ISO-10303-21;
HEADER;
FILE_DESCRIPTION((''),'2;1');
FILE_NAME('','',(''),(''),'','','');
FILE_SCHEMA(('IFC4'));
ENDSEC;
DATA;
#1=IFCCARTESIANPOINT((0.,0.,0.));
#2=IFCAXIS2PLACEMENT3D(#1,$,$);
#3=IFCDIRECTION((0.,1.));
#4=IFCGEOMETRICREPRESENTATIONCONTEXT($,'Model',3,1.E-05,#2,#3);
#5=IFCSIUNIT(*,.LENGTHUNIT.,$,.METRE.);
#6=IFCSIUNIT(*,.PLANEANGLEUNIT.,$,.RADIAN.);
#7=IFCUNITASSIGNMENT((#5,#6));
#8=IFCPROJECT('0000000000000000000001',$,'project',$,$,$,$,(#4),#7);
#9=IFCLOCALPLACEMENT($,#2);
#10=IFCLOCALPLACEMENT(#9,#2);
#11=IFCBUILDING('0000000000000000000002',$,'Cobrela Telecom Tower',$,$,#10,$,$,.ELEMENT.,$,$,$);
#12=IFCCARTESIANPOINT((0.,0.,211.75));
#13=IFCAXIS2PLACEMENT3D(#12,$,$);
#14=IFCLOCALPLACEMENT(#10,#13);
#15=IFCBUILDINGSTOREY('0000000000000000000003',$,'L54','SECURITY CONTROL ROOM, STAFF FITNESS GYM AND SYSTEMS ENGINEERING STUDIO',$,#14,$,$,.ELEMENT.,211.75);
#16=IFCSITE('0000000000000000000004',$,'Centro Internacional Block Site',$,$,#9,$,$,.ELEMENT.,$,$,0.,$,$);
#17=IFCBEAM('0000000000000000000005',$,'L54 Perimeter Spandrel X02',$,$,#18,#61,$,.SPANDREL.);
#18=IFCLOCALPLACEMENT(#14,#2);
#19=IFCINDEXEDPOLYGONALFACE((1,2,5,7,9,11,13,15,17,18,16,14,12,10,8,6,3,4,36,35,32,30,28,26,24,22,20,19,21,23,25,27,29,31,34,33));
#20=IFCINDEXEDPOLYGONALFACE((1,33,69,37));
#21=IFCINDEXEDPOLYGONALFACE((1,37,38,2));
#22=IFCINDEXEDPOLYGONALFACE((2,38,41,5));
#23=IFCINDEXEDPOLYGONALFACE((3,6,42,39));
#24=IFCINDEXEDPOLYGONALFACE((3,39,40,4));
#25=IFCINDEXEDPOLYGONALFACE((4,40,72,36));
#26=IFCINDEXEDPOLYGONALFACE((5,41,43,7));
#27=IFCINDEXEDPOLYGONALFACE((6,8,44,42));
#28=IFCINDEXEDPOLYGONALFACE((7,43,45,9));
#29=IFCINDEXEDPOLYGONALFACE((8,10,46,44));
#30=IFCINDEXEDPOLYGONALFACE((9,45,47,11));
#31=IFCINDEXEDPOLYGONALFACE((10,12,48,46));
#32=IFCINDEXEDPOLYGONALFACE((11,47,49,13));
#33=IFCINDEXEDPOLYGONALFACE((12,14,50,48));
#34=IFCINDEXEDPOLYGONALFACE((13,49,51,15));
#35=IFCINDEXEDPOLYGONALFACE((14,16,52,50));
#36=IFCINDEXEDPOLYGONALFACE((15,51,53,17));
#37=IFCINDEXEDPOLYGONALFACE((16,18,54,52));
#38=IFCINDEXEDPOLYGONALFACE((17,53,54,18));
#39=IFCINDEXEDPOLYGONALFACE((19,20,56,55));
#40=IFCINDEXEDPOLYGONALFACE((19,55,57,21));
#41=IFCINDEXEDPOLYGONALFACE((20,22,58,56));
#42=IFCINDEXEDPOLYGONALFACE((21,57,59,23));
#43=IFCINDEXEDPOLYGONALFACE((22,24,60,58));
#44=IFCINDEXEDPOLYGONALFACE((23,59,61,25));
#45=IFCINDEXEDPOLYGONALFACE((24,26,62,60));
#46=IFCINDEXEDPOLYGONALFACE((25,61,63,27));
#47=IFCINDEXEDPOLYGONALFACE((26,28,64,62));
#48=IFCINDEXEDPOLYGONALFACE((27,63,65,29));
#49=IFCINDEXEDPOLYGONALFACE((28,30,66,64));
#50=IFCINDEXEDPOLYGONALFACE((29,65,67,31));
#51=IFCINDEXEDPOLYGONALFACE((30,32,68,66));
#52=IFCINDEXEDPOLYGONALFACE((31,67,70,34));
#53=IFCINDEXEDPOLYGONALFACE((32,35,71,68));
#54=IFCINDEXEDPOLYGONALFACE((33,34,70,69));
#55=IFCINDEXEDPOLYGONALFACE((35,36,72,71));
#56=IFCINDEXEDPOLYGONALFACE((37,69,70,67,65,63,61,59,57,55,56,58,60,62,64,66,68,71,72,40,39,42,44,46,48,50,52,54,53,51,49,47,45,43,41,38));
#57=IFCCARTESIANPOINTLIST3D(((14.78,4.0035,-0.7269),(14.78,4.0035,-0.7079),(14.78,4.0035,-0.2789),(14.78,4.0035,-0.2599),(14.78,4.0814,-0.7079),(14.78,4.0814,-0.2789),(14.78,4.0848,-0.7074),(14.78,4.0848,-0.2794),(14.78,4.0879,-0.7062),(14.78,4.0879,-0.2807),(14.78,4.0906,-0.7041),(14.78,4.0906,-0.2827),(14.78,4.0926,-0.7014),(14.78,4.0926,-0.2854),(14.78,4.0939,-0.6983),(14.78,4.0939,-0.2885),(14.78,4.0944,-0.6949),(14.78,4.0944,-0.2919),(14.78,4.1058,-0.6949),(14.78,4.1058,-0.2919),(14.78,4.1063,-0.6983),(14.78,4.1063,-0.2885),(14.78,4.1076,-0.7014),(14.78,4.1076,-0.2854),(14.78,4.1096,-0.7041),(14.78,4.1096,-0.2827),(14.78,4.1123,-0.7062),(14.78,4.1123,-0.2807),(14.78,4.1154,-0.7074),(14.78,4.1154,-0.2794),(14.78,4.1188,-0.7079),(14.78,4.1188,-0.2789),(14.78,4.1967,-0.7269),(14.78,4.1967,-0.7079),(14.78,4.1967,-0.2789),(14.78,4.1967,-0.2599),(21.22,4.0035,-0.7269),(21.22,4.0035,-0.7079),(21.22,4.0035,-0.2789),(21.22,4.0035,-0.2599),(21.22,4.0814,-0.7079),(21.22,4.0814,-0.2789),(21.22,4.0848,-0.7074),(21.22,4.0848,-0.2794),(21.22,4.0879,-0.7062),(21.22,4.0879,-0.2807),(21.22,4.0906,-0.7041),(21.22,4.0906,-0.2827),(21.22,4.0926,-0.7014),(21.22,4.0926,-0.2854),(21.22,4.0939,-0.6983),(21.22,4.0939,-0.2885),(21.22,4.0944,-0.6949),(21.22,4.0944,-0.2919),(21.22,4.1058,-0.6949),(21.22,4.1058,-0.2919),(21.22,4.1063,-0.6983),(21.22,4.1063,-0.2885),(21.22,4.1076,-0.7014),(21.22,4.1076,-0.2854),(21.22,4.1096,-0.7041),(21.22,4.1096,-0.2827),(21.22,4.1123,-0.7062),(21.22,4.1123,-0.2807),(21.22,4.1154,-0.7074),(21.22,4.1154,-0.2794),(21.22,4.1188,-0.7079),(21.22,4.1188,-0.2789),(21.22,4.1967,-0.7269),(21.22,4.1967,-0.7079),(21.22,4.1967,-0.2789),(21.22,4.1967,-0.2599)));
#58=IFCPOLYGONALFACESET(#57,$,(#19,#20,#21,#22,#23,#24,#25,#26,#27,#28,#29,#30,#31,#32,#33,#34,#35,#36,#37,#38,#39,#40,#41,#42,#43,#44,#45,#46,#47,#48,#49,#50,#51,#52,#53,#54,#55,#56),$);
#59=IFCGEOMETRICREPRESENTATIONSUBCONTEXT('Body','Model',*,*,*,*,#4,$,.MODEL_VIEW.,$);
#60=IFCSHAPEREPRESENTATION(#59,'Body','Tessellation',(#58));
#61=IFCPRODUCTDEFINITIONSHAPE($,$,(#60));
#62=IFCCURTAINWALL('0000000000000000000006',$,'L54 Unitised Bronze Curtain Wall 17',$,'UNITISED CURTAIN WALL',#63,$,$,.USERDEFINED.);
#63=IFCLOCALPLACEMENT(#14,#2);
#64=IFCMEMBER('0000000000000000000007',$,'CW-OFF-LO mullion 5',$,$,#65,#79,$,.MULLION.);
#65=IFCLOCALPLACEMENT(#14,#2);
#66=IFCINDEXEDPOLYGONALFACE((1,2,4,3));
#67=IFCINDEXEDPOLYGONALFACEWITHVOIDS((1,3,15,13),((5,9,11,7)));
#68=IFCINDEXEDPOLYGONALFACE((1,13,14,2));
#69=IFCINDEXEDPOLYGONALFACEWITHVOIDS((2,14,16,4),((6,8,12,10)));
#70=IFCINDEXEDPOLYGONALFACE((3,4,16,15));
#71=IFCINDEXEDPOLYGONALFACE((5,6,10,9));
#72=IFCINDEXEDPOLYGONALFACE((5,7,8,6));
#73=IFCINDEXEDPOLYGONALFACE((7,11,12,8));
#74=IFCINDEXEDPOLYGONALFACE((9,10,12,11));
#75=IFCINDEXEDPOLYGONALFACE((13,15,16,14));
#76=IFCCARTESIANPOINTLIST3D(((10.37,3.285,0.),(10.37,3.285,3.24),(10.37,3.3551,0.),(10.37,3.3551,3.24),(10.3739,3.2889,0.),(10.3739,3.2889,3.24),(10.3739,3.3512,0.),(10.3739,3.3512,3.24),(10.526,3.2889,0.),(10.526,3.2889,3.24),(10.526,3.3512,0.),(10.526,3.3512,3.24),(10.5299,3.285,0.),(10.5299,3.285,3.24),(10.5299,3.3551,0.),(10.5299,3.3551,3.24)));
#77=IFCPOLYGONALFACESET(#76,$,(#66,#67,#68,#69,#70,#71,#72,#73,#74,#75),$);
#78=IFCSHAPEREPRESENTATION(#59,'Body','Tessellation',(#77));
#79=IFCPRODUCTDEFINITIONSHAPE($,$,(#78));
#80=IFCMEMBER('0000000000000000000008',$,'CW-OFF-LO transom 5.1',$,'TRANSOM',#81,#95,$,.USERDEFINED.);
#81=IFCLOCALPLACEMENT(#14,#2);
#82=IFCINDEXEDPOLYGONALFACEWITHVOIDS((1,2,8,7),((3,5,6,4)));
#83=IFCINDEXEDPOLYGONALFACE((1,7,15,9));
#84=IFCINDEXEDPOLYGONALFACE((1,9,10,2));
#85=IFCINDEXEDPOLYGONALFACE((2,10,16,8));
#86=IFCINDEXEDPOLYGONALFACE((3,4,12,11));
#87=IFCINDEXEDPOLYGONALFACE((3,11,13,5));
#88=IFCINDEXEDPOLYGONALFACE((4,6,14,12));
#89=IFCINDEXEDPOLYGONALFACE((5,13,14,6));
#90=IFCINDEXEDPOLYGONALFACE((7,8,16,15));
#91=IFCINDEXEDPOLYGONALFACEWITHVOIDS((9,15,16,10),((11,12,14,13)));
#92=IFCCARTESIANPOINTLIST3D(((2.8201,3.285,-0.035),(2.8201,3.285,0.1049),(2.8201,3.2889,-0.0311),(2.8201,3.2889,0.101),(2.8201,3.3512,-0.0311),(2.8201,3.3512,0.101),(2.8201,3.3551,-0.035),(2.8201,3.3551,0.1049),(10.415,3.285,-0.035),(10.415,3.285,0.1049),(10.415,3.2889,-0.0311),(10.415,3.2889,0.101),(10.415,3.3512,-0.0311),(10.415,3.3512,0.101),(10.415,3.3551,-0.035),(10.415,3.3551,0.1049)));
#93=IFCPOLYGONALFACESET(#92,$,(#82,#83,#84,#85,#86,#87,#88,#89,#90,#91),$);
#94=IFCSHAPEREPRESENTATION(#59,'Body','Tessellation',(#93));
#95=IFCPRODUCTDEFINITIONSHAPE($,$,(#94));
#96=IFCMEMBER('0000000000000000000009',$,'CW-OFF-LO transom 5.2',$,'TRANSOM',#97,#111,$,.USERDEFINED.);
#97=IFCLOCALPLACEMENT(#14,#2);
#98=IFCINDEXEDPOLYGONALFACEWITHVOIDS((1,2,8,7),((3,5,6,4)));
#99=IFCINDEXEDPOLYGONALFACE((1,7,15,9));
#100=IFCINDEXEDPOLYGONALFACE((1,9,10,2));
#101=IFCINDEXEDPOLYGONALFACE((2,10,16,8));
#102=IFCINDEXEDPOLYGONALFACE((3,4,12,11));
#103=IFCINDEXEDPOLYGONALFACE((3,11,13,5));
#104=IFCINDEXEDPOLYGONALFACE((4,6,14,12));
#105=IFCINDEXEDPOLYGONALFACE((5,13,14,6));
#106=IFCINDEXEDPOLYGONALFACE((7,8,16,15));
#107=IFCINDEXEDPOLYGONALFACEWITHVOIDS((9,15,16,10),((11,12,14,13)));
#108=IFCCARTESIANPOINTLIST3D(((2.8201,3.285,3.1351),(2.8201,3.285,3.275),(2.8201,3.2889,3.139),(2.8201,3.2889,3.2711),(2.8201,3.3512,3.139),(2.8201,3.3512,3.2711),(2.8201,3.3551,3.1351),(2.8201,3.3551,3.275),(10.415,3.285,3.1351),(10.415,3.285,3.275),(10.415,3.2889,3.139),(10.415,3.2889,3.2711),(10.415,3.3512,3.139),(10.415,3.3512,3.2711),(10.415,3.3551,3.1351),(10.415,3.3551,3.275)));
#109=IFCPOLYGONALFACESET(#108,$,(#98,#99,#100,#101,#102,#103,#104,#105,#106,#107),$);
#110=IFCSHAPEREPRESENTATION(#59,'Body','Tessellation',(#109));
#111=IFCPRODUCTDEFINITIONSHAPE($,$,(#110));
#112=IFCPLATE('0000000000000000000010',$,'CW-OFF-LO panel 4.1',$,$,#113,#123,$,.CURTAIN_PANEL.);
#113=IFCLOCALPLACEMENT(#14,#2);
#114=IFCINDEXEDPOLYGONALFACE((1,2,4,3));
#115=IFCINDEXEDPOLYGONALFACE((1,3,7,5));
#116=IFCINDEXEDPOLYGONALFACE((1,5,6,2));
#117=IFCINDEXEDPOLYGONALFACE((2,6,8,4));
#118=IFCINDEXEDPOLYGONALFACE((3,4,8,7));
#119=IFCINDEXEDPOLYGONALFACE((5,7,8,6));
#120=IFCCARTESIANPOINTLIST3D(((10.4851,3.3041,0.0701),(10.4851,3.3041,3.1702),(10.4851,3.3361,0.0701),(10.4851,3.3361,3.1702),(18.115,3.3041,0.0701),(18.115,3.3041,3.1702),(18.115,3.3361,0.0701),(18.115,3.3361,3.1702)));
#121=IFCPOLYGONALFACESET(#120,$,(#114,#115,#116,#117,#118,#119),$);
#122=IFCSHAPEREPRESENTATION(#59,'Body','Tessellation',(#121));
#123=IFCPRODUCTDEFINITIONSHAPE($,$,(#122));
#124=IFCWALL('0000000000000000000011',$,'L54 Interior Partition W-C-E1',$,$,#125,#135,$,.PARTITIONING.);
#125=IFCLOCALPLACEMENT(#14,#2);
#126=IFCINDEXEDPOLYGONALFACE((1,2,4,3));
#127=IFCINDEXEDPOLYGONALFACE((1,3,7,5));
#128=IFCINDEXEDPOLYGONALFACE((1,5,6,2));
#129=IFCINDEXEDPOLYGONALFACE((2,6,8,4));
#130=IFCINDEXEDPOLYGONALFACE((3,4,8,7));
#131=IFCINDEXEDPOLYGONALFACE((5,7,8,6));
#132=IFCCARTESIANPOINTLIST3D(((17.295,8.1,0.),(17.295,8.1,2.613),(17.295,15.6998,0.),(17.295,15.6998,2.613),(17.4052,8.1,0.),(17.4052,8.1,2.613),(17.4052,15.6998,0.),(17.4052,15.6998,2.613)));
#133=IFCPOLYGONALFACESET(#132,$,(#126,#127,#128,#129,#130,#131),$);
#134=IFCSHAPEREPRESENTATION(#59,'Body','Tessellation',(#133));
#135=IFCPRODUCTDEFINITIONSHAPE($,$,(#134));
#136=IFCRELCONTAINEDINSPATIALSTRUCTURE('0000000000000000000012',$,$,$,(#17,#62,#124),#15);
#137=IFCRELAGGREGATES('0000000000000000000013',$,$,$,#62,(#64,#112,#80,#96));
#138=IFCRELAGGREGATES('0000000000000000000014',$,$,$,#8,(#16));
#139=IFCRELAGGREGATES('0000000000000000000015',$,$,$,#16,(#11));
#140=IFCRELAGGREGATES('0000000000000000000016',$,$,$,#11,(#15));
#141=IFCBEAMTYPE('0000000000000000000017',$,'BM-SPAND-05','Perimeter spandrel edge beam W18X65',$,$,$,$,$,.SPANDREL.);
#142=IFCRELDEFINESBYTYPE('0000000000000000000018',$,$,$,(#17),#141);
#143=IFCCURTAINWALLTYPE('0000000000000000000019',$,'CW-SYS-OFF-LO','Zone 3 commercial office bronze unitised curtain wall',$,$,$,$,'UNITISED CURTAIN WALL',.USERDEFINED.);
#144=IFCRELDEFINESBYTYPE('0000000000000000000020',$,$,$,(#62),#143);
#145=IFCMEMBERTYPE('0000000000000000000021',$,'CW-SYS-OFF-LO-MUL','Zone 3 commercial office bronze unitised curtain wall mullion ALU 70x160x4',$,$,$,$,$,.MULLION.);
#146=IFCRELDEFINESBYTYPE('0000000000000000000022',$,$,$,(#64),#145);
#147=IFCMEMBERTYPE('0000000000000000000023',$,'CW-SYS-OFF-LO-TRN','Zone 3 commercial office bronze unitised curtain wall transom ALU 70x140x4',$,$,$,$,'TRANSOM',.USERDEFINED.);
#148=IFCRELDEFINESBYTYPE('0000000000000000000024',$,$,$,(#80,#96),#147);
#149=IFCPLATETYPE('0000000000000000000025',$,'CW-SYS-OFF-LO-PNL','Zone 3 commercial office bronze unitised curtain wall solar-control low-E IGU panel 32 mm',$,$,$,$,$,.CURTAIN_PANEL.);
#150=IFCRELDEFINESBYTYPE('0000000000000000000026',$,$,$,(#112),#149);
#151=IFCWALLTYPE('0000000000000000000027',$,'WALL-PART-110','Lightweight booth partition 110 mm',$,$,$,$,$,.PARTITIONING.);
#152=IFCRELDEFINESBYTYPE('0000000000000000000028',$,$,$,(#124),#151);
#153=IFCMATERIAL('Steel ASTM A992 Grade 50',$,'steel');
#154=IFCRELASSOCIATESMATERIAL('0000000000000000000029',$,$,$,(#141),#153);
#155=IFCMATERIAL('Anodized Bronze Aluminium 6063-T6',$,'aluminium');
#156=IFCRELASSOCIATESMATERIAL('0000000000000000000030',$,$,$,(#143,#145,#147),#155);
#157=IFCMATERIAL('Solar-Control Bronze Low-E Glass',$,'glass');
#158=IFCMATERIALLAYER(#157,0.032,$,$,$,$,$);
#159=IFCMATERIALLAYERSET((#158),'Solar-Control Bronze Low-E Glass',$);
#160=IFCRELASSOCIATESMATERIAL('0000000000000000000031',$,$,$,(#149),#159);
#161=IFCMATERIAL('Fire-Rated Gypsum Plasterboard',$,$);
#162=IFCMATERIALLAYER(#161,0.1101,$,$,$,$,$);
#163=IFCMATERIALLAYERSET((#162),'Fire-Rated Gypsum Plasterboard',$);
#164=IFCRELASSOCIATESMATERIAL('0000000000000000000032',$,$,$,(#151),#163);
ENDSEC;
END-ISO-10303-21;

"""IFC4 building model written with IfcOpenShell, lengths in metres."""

from ifc_helpers import new_model, si_unit, direction, frame, frame_2d, origin, origin_2d, place, context, subcontext, project, spatial, rectangle, hollow_rectangle, i_section, extrude, material, layer, layer_set, material_profile, profile_set, type_object, element, aggregate, save


model = new_model("IFC4")

# Units and contexts
model_context = context("Model", 3, precision=1e-05, world=origin(), true_north=direction((0.0, 1.0)))
body_context = subcontext(model_context, "Body", "Model", "MODEL_VIEW")
ifc_project = project(units=[si_unit("LENGTHUNIT", "METRE"), si_unit("PLANEANGLEUNIT", "RADIAN")], contexts=[model_context])

# Site, building, storey
site_placement = place(None, origin())
site = spatial("IfcSite", under=ifc_project, at=site_placement, Name="Centro Internacional Block Site", CompositionType="ELEMENT", RefElevation=0.0)
building_placement = place(site_placement, origin())
building = spatial("IfcBuilding", under=site, at=building_placement, Name="Cobrela Telecom Tower", CompositionType="ELEMENT")
storey_placement = place(building_placement, frame((0.0, 0.0, 211.75)))
storey = spatial("IfcBuildingStorey", under=building, at=storey_placement, Name="L54", Description="SECURITY CONTROL ROOM, STAFF FITNESS GYM AND SYSTEMS ENGINEERING STUDIO", CompositionType="ELEMENT", Elevation=211.75)

# Beam
ifc_material_1 = material(Name="Steel ASTM A992 Grade 50", Category="steel")
ifc_material_profile_1 = material_profile(ifc_material_1, i_section(OverallWidth=0.1931, OverallDepth=0.467, WebThickness=0.0115, FlangeThickness=0.019, FilletRadius=0.0129, at=origin_2d()), Name="W18X65")
ifc_profile_set_1 = profile_set([ifc_material_profile_1], Name="Steel ASTM A992 Grade 50")
beam_type_1 = type_object("IfcBeamType", Name="BM-SPAND-05", Description="Perimeter spandrel edge beam W18X65", PredefinedType="SPANDREL", material=ifc_profile_set_1)
for number, where, z_axis, x_axis, name in (
    (1, (14.78, 4.1001, -0.4934), (1.0, 0.0, 0.0), (0.0, 1.0, 0.0), "L54 Perimeter Spandrel X02"),
):
    element("IfcBeam", number, at=place(storey_placement, frame(where, z_axis=z_axis, x_axis=x_axis)), inside=storey, type_object=beam_type_1, Name=name, PredefinedType="SPANDREL", context=body_context, shape_type="SweptSolid", body=[
        extrude(i_section(OverallWidth=0.1931, OverallDepth=0.467, WebThickness=0.0115, FlangeThickness=0.019, FilletRadius=0.0129, at=origin_2d()), origin(), (0.0, 0.0, 1.0), 6.4399),
    ])

# Curtain wall, members, plate
ifc_material_2 = material(Name="Anodized Bronze Aluminium 6063-T6", Category="aluminium")
curtain_wall_type = type_object("IfcCurtainWallType", Name="CW-SYS-OFF-LO", Description="Zone 3 commercial office bronze unitised curtain wall", ElementType="UNITISED CURTAIN WALL", PredefinedType="USERDEFINED", material=ifc_material_2)
curtain_wall_placement = place(storey_placement, origin())
curtain_wall = element("IfcCurtainWall", 2, at=curtain_wall_placement, inside=storey, type_object=curtain_wall_type, Name="L54 Unitised Bronze Curtain Wall 17", ObjectType="UNITISED CURTAIN WALL", PredefinedType="USERDEFINED")
ifc_material_profile_2 = material_profile(ifc_material_2, hollow_rectangle(XDim=0.0701, YDim=0.1599, WallThickness=0.0039, at=origin_2d()), Name="ALU 70x160x4")
ifc_profile_set_2 = profile_set([ifc_material_profile_2], Name="Anodized Bronze Aluminium 6063-T6")
member_type_1 = type_object("IfcMemberType", Name="CW-SYS-OFF-LO-MUL", Description="Zone 3 commercial office bronze unitised curtain wall mullion ALU 70x160x4", PredefinedType="MULLION", material=ifc_profile_set_2)
member_1_placement = place(storey_placement, frame((10.45, 3.3201, 0.0), z_axis=(0.0, 0.0, 1.0), x_axis=(0.0, -1.0, 0.0)))
member_1 = element("IfcMember", 3, at=member_1_placement, type_object=member_type_1, Name="CW-OFF-LO mullion 5", PredefinedType="MULLION", context=body_context, shape_type="SweptSolid", body=[
    extrude(hollow_rectangle(XDim=0.0701, YDim=0.1599, WallThickness=0.0039, at=origin_2d()), origin(), (0.0, 0.0, 1.0), 3.24),
])
ifc_material_profile_3 = material_profile(ifc_material_2, hollow_rectangle(XDim=0.0701, YDim=0.1399, WallThickness=0.0039, at=origin_2d()), Name="ALU 70x140x4")
ifc_profile_set_3 = profile_set([ifc_material_profile_3], Name="Anodized Bronze Aluminium 6063-T6")
member_type_2 = type_object("IfcMemberType", Name="CW-SYS-OFF-LO-TRN", Description="Zone 3 commercial office bronze unitised curtain wall transom ALU 70x140x4", ElementType="TRANSOM", PredefinedType="USERDEFINED", material=ifc_profile_set_3)
member_2_placement = place(storey_placement, frame((10.415, 3.3201, 0.0349), z_axis=(-1.0, 0.0, 0.0), x_axis=(0.0, -1.0, 0.0)))
member_2 = element("IfcMember", 4, at=member_2_placement, type_object=member_type_2, Name="CW-OFF-LO transom 5.1", ObjectType="TRANSOM", PredefinedType="USERDEFINED", context=body_context, shape_type="SweptSolid", body=[
    extrude(hollow_rectangle(XDim=0.0701, YDim=0.1399, WallThickness=0.0039, at=origin_2d()), origin(), (0.0, 0.0, 1.0), 7.595),
])
member_3_placement = place(storey_placement, frame((10.415, 3.3201, 3.2051), z_axis=(-1.0, 0.0, 0.0), x_axis=(0.0, -1.0, 0.0)))
member_3 = element("IfcMember", 5, at=member_3_placement, type_object=member_type_2, Name="CW-OFF-LO transom 5.2", ObjectType="TRANSOM", PredefinedType="USERDEFINED", context=body_context, shape_type="SweptSolid", body=[
    extrude(hollow_rectangle(XDim=0.0701, YDim=0.1399, WallThickness=0.0039, at=origin_2d()), origin(), (0.0, 0.0, 1.0), 7.595),
])
ifc_material_3 = material(Name="Solar-Control Bronze Low-E Glass", Category="glass")
ifc_layer_1 = layer(ifc_material_3, 0.032)
ifc_layer_set_1 = layer_set([ifc_layer_1], Name="Solar-Control Bronze Low-E Glass")
plate_type = type_object("IfcPlateType", Name="CW-SYS-OFF-LO-PNL", Description="Zone 3 commercial office bronze unitised curtain wall solar-control low-E IGU panel 32 mm", PredefinedType="CURTAIN_PANEL", material=ifc_layer_set_1)
plate_placement = place(storey_placement, frame((14.3, 3.3201, 0.0701), z_axis=(0.0, 0.0, 1.0), x_axis=(-1.0, 0.0, 0.0)))
plate = element("IfcPlate", 6, at=plate_placement, type_object=plate_type, Name="CW-OFF-LO panel 4.1", PredefinedType="CURTAIN_PANEL", context=body_context, shape_type="SweptSolid", body=[
    extrude(rectangle(XDim=7.6299, YDim=0.032, at=origin_2d()), origin(), (0.0, 0.0, 1.0), 3.1001),
])
aggregate(curtain_wall, [member_1, plate, member_2, member_3])

# Wall
ifc_material_4 = material(Name="Fire-Rated Gypsum Plasterboard")
ifc_layer_2 = layer(ifc_material_4, 0.1101)
ifc_layer_set_2 = layer_set([ifc_layer_2], Name="Fire-Rated Gypsum Plasterboard")
wall_type_1 = type_object("IfcWallType", Name="WALL-PART-110", Description="Lightweight booth partition 110 mm", PredefinedType="PARTITIONING", material=ifc_layer_set_2)
wall_1_placement = place(storey_placement, frame((17.3501, 8.1001, 0.0), z_axis=(0.0, 0.0, 1.0), x_axis=(0.0, 1.0, 0.0)))
element("IfcWall", 7, at=wall_1_placement, inside=storey, type_object=wall_type_1, Name="L54 Interior Partition W-C-E1", PredefinedType="PARTITIONING", context=body_context, shape_type="SweptSolid", body=[
    extrude(rectangle(XDim=7.5999, YDim=0.1101, at=frame_2d((3.7998, 0.0))), origin(), (0.0, 0.0, 1.0), 2.613),
])

save(model, "model.ifc")
